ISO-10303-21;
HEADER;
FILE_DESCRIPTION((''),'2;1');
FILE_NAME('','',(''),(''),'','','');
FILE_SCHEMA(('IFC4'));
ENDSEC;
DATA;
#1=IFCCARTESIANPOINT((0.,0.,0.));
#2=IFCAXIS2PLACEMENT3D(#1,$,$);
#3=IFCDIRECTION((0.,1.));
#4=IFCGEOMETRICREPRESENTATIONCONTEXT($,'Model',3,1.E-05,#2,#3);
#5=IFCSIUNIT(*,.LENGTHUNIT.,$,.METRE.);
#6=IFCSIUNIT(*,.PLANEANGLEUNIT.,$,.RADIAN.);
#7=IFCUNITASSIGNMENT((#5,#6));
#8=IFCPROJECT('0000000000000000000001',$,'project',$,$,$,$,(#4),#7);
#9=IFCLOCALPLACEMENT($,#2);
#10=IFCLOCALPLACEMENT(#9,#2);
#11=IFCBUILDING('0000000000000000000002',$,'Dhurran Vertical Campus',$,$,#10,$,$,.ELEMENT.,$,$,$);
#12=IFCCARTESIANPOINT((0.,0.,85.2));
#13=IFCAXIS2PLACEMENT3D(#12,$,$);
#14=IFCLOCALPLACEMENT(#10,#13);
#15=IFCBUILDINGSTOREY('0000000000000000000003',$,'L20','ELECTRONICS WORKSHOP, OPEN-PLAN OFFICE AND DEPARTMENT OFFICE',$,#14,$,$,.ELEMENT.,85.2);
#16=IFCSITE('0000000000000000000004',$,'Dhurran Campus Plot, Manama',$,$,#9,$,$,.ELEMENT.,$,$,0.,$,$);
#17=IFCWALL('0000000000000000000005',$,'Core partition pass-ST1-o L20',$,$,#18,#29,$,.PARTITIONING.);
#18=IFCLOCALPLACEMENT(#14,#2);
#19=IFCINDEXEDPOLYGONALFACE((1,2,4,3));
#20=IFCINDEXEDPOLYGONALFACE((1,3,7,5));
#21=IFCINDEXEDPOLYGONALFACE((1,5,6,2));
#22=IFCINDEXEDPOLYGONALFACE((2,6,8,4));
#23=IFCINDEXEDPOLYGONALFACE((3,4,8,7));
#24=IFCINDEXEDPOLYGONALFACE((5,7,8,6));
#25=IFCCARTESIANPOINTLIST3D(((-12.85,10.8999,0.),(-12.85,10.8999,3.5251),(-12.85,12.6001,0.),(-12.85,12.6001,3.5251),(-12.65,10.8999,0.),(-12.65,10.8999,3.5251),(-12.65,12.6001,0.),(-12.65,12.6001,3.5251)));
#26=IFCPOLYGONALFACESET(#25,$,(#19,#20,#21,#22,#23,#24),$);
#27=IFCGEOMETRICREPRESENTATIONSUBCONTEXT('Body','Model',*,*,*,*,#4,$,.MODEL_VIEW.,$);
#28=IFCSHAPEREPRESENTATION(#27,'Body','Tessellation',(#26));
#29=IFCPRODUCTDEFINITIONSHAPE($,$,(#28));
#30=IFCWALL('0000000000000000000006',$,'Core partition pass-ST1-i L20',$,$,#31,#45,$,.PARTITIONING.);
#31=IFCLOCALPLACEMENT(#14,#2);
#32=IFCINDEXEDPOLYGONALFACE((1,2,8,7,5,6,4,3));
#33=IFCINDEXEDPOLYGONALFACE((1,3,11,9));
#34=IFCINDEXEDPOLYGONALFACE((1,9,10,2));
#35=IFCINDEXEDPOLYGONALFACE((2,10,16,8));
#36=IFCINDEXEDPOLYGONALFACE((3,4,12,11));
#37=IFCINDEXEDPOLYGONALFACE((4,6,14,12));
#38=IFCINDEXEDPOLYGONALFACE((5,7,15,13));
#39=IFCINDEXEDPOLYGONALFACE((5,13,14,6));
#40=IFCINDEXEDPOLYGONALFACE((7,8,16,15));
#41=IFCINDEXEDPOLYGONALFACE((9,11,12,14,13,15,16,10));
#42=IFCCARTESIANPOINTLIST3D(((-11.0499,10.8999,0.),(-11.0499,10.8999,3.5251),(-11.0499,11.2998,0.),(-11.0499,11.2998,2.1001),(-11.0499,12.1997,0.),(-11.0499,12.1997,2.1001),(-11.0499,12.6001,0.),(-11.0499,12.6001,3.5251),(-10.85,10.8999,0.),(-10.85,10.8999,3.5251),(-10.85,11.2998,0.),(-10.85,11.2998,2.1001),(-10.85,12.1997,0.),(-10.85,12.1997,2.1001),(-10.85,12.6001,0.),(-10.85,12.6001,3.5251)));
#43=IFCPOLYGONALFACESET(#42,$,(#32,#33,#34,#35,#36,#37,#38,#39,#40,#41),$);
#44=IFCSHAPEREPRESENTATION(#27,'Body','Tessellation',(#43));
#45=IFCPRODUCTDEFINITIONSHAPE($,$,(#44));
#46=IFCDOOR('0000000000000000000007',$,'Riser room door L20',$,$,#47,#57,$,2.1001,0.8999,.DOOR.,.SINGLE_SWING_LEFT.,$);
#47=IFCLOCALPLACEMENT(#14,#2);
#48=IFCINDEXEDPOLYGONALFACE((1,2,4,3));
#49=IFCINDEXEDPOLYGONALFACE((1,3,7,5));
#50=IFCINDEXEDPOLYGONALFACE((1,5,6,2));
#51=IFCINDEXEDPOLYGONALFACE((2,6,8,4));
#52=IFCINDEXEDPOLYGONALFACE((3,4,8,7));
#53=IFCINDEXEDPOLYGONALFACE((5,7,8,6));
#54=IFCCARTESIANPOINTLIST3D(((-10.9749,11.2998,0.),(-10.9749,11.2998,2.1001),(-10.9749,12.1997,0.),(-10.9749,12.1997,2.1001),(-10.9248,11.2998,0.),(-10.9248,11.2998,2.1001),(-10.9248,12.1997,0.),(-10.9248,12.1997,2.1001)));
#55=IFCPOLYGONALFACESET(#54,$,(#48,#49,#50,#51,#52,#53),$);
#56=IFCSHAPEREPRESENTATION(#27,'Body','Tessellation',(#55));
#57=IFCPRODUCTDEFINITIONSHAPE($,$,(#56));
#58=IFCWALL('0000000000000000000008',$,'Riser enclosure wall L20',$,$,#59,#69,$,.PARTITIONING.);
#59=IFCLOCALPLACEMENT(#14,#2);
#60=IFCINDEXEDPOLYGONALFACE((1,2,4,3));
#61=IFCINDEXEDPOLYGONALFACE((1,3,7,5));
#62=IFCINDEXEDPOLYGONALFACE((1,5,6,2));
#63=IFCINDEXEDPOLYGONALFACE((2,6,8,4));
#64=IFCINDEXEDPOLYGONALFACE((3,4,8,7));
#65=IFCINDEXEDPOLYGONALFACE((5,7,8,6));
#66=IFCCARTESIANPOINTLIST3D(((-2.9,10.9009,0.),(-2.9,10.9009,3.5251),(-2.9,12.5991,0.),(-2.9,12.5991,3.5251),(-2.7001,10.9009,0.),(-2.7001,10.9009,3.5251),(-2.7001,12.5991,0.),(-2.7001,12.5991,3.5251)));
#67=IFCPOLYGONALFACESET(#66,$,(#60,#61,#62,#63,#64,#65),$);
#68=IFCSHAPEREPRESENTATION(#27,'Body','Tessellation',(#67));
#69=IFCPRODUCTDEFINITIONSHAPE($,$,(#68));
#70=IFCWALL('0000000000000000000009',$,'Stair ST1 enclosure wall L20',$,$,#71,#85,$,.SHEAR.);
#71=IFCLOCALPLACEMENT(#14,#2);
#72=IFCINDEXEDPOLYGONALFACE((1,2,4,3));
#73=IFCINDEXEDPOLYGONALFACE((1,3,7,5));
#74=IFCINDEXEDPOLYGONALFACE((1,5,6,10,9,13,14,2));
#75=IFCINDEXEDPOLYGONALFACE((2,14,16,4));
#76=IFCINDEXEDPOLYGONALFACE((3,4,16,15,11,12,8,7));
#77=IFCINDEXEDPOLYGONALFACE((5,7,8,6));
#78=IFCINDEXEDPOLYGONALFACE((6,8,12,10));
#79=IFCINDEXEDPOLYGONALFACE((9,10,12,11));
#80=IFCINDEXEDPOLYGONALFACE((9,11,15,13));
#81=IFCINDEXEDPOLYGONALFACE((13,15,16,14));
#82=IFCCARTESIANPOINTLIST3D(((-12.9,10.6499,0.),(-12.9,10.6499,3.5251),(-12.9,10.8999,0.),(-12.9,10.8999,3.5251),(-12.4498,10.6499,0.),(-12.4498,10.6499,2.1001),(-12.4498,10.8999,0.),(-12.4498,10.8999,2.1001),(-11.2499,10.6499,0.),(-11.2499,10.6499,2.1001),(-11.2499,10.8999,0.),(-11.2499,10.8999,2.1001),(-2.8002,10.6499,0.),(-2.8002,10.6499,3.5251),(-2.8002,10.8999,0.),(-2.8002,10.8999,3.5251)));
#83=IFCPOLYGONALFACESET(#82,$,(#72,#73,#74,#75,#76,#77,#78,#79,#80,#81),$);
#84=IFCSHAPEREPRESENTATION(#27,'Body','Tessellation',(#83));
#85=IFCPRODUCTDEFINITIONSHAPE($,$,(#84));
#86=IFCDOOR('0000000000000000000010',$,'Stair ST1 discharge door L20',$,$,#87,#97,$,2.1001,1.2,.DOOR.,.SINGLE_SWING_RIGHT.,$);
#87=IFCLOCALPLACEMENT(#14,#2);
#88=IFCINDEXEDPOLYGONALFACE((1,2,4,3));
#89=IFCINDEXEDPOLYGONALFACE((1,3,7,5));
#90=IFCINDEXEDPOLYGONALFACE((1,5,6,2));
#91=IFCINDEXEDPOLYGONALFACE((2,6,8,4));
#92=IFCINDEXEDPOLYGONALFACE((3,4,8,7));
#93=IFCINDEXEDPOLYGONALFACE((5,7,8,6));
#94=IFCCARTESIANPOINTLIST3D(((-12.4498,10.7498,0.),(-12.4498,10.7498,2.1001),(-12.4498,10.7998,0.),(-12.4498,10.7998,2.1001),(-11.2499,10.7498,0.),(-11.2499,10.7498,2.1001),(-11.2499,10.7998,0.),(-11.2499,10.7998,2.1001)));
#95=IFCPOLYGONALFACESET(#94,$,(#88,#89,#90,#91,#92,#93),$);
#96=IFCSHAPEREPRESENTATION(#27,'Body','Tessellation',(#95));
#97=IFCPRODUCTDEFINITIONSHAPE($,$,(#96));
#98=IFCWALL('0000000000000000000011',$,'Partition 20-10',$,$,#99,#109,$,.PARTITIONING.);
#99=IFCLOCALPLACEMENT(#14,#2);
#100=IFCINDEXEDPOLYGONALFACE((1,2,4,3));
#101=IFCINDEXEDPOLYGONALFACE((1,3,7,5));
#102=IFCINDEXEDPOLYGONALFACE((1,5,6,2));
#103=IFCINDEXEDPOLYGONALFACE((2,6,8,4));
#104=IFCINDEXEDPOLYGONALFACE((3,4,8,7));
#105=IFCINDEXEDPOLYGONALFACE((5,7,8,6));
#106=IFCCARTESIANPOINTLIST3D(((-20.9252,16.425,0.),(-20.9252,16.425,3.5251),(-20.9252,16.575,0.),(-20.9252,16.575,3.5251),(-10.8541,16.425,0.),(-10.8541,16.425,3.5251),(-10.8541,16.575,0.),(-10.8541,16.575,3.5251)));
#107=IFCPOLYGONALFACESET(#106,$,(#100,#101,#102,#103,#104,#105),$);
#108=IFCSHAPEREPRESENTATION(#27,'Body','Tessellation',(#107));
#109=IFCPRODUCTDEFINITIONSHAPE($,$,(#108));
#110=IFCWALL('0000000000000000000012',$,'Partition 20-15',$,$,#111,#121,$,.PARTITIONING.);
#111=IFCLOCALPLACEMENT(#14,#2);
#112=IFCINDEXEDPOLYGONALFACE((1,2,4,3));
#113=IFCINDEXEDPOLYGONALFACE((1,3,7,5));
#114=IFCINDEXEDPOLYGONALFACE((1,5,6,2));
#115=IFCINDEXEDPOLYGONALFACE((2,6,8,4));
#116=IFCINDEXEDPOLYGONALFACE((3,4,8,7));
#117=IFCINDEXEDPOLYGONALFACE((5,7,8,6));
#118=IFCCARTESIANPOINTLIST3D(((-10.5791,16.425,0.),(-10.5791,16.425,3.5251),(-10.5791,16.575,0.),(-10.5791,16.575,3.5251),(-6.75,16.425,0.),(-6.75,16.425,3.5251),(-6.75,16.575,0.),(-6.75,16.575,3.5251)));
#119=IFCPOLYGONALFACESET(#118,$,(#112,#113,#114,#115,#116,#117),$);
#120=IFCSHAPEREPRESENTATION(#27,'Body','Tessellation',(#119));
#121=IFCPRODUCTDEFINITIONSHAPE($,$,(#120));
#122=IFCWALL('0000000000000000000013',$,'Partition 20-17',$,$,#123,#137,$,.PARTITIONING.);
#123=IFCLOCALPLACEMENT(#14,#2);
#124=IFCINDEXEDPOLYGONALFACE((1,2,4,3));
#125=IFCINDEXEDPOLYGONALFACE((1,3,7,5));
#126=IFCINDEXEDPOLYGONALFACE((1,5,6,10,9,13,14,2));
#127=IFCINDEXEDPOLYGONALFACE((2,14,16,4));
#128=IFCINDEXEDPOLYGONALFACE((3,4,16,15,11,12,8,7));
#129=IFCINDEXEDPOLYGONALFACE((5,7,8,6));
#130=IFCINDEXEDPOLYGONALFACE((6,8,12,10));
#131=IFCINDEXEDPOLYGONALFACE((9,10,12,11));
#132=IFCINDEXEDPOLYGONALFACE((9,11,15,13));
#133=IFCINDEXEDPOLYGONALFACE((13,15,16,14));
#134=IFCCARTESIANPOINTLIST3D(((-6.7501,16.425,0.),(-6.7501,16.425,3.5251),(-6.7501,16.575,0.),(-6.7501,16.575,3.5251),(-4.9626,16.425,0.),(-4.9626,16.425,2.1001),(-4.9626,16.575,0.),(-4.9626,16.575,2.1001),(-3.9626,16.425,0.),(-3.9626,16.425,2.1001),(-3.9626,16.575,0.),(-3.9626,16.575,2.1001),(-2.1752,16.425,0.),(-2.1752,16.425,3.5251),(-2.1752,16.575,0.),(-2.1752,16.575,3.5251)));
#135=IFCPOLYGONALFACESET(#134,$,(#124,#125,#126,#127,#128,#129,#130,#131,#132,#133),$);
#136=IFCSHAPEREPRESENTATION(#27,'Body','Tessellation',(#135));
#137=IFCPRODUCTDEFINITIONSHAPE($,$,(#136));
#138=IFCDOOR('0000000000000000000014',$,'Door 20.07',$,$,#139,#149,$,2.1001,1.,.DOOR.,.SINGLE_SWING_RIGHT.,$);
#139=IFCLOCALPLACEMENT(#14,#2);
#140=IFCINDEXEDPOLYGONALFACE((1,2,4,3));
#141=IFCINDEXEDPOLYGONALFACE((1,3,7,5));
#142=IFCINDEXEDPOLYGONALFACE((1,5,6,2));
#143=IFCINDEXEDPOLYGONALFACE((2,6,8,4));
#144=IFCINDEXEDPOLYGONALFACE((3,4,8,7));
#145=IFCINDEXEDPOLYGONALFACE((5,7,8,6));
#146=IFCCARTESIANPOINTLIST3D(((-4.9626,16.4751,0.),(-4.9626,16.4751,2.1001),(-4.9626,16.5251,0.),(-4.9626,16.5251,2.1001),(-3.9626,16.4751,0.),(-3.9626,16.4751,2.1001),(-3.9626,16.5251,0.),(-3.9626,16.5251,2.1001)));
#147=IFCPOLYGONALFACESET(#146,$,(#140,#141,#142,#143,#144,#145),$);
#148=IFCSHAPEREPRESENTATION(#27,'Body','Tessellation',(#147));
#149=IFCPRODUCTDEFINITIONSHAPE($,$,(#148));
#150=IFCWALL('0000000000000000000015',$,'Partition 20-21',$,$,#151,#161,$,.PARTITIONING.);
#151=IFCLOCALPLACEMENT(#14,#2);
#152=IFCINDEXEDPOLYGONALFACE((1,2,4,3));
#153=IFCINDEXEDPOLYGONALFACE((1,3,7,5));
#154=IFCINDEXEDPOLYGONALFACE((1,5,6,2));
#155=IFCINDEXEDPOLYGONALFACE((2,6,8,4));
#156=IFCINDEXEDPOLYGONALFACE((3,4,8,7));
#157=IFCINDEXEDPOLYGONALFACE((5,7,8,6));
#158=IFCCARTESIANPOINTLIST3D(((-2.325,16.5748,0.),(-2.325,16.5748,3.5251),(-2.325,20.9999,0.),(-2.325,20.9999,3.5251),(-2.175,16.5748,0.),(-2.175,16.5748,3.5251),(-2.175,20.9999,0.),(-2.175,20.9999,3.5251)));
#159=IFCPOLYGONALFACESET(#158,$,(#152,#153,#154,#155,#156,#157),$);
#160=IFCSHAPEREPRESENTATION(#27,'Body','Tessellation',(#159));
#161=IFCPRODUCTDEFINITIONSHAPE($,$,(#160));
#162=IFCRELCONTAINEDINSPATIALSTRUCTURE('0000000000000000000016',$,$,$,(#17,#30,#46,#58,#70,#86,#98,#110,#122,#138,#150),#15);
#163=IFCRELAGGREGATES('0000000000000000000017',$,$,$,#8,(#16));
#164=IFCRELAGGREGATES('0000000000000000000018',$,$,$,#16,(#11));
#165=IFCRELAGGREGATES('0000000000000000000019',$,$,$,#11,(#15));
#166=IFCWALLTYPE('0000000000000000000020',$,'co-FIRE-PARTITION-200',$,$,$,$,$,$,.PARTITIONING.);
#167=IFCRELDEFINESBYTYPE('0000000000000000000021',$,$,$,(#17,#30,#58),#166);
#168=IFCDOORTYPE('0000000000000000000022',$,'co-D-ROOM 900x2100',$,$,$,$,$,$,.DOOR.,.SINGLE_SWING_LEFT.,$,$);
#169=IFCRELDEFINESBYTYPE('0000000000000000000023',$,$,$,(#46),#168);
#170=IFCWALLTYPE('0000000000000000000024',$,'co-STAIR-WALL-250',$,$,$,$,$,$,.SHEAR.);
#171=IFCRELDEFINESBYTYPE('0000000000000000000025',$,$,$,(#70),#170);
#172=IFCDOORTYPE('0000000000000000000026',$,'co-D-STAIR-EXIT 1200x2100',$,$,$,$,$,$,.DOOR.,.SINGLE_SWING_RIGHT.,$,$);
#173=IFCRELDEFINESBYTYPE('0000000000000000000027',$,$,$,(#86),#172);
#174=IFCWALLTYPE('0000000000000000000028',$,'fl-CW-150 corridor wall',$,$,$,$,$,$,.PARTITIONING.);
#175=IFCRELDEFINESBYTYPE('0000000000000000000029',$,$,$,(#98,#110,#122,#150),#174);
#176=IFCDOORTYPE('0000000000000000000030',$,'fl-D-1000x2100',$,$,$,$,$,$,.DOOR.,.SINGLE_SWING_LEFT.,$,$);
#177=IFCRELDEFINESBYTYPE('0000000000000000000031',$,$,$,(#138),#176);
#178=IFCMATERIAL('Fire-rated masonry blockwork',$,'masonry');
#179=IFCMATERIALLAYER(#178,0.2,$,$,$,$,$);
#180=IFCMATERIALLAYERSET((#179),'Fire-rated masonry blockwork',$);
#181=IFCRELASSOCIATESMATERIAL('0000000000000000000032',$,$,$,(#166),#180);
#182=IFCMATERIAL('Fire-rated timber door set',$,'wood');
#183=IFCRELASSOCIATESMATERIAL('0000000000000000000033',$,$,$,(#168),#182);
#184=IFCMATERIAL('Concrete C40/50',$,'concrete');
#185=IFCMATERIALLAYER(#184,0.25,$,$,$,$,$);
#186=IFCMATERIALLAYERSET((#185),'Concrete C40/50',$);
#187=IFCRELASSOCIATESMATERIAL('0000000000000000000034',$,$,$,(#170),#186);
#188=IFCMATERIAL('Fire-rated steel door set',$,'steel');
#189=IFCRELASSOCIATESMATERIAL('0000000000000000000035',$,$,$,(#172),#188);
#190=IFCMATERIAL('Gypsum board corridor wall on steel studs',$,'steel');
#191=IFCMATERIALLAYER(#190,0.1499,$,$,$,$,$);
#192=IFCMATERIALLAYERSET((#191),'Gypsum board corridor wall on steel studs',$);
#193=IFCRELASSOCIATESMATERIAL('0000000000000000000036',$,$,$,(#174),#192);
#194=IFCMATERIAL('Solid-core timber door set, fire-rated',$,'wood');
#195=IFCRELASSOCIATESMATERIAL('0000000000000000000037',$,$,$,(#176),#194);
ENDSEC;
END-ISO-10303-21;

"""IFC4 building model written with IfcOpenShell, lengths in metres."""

from ifc_helpers import new_model, si_unit, direction, frame, frame_2d, origin, place, context, subcontext, project, spatial, rectangle, extrude, material, layer, layer_set, type_object, element, fill, save


model = new_model("IFC4")

# Units and contexts
model_context = context("Model", 3, precision=1e-05, world=origin(), true_north=direction((0.0, 1.0)))
body_context = subcontext(model_context, "Body", "Model", "MODEL_VIEW")
ifc_project = project(units=[si_unit("LENGTHUNIT", "METRE"), si_unit("PLANEANGLEUNIT", "RADIAN")], contexts=[model_context])

# Site, building, storey
site_placement = place(None, origin())
site = spatial("IfcSite", under=ifc_project, at=site_placement, Name="Dhurran Campus Plot, Manama", CompositionType="ELEMENT", RefElevation=0.0)
building_placement = place(site_placement, origin())
building = spatial("IfcBuilding", under=site, at=building_placement, Name="Dhurran Vertical Campus", CompositionType="ELEMENT")
storey_placement = place(building_placement, frame((0.0, 0.0, 85.2)))
storey = spatial("IfcBuildingStorey", under=building, at=storey_placement, Name="L20", Description="ELECTRONICS WORKSHOP, OPEN-PLAN OFFICE AND DEPARTMENT OFFICE", CompositionType="ELEMENT", Elevation=85.2)

# Wall
ifc_material_1 = material(Name="Fire-rated masonry blockwork", Category="masonry")
ifc_layer_1 = layer(ifc_material_1, 0.2)
ifc_layer_set_1 = layer_set([ifc_layer_1], Name="Fire-rated masonry blockwork")
wall_type_1 = type_object("IfcWallType", Name="co-FIRE-PARTITION-200", PredefinedType="PARTITIONING", material=ifc_layer_set_1)
wall_1_placement = place(storey_placement, frame((-12.75, 10.8999, 0.0), z_axis=(0.0, 0.0, 1.0), x_axis=(0.0, 1.0, 0.0)))
element("IfcWall", 1, at=wall_1_placement, inside=storey, type_object=wall_type_1, Name="Core partition pass-ST1-o L20", PredefinedType="PARTITIONING", context=body_context, shape_type="SweptSolid", body=[
    extrude(rectangle(XDim=1.7002, YDim=0.2, at=frame_2d((0.8501, 0.0))), origin(), (0.0, 0.0, 1.0), 3.5251),
])

# Wall, opening, door
wall_2_placement = place(storey_placement, frame((-10.95, 10.8999, 0.0), z_axis=(0.0, 0.0, 1.0), x_axis=(0.0, 1.0, 0.0)))
wall_2 = element("IfcWall", 2, at=wall_2_placement, inside=storey, type_object=wall_type_1, Name="Core partition pass-ST1-i L20", PredefinedType="PARTITIONING", context=body_context, shape_type="SweptSolid", body=[
    extrude(rectangle(XDim=1.7002, YDim=0.2, at=frame_2d((0.8501, 0.0))), origin(), (0.0, 0.0, 1.0), 3.5251),
])
opening_1_placement = place(wall_2_placement, frame((0.3999, 0.0, 0.0)))
opening_1 = element("IfcOpeningElement", 3, at=opening_1_placement, cuts=wall_2, PredefinedType="OPENING", context=body_context, shape_type="SweptSolid", body=[
    extrude(rectangle(XDim=0.8999, YDim=2.1001, at=frame_2d((0.45, 1.05))), frame((0.0, 0.1099, 0.0), z_axis=(0.0, -1.0, 0.0), x_axis=(1.0, 0.0, 0.0)), (0.0, 0.0, 1.0), 0.22),
])
ifc_material_2 = material(Name="Fire-rated timber door set", Category="wood")
door_type_1 = type_object("IfcDoorType", Name="co-D-ROOM 900x2100", OperationType="SINGLE_SWING_LEFT", PredefinedType="DOOR", material=ifc_material_2)
door_1_placement = place(opening_1_placement, origin())
door_1 = element("IfcDoor", 4, at=door_1_placement, inside=storey, type_object=door_type_1, Name="Riser room door L20", OperationType="SINGLE_SWING_LEFT", OverallHeight=2.1001, OverallWidth=0.8999, PredefinedType="DOOR", context=body_context, shape_type="SweptSolid", body=[
    extrude(rectangle(XDim=0.8999, YDim=2.1001, at=frame_2d((0.45, 1.05))), frame((0.0, 0.0249, 0.0), z_axis=(0.0, -1.0, 0.0), x_axis=(1.0, 0.0, 0.0)), (0.0, 0.0, 1.0), 0.05),
])
fill(opening_1, door_1)

# Wall
wall_3_placement = place(storey_placement, frame((-2.8, 10.9009, 0.0), z_axis=(0.0, 0.0, 1.0), x_axis=(0.0, 1.0, 0.0)))
element("IfcWall", 5, at=wall_3_placement, inside=storey, type_object=wall_type_1, Name="Riser enclosure wall L20", PredefinedType="PARTITIONING", context=body_context, shape_type="SweptSolid", body=[
    extrude(rectangle(XDim=1.6982, YDim=0.2, at=frame_2d((0.8491, 0.0))), origin(), (0.0, 0.0, 1.0), 3.5251),
])

# Wall, opening, door
ifc_material_3 = material(Name="Concrete C40/50", Category="concrete")
ifc_layer_2 = layer(ifc_material_3, 0.25)
ifc_layer_set_2 = layer_set([ifc_layer_2], Name="Concrete C40/50")
wall_type_2 = type_object("IfcWallType", Name="co-STAIR-WALL-250", PredefinedType="SHEAR", material=ifc_layer_set_2)
wall_4_placement = place(storey_placement, frame((-12.8999, 10.7749, 0.0), z_axis=(0.0, 0.0, 1.0), x_axis=(1.0, 0.0, 0.0)))
wall_4 = element("IfcWall", 6, at=wall_4_placement, inside=storey, type_object=wall_type_2, Name="Stair ST1 enclosure wall L20", PredefinedType="SHEAR", context=body_context, shape_type="SweptSolid", body=[
    extrude(rectangle(XDim=10.0999, YDim=0.25, at=frame_2d((5.0498, 0.0))), origin(), (0.0, 0.0, 1.0), 3.5251),
])
opening_2_placement = place(wall_4_placement, frame((0.45, 0.0, 0.0)))
opening_2 = element("IfcOpeningElement", 7, at=opening_2_placement, cuts=wall_4, PredefinedType="OPENING", context=body_context, shape_type="SweptSolid", body=[
    extrude(rectangle(XDim=1.2, YDim=2.1001, at=frame_2d((0.6001, 1.05))), frame((0.0, 0.135, 0.0), z_axis=(0.0, -1.0, 0.0), x_axis=(1.0, 0.0, 0.0)), (0.0, 0.0, 1.0), 0.27),
])
ifc_material_4 = material(Name="Fire-rated steel door set", Category="steel")
door_type_2 = type_object("IfcDoorType", Name="co-D-STAIR-EXIT 1200x2100", OperationType="SINGLE_SWING_RIGHT", PredefinedType="DOOR", material=ifc_material_4)
door_2_placement = place(opening_2_placement, origin())
door_2 = element("IfcDoor", 8, at=door_2_placement, inside=storey, type_object=door_type_2, Name="Stair ST1 discharge door L20", OperationType="SINGLE_SWING_RIGHT", OverallHeight=2.1001, OverallWidth=1.2, PredefinedType="DOOR", context=body_context, shape_type="SweptSolid", body=[
    extrude(rectangle(XDim=1.2, YDim=2.1001, at=frame_2d((0.6001, 1.05))), frame((0.0, 0.0249, 0.0), z_axis=(0.0, -1.0, 0.0), x_axis=(1.0, 0.0, 0.0)), (0.0, 0.0, 1.0), 0.05),
])
fill(opening_2, door_2)

# Walls
ifc_material_5 = material(Name="Gypsum board corridor wall on steel studs", Category="steel")
ifc_layer_3 = layer(ifc_material_5, 0.1499)
ifc_layer_set_3 = layer_set([ifc_layer_3], Name="Gypsum board corridor wall on steel studs")
wall_type_3 = type_object("IfcWallType", Name="fl-CW-150 corridor wall", PredefinedType="PARTITIONING", material=ifc_layer_set_3)
wall_5_placement = place(storey_placement, frame((-10.854, 16.5, 0.0), z_axis=(0.0, 0.0, 1.0), x_axis=(-1.0, 0.0, 0.0)))
element("IfcWall", 9, at=wall_5_placement, inside=storey, type_object=wall_type_3, Name="Partition 20-10", PredefinedType="PARTITIONING", context=body_context, shape_type="SweptSolid", body=[
    extrude(rectangle(XDim=10.071, YDim=0.1499, at=frame_2d((5.0356, 0.0))), origin(), (0.0, 0.0, 1.0), 3.5251),
])
wall_6_placement = place(storey_placement, frame((-6.75, 16.5, 0.0), z_axis=(0.0, 0.0, 1.0), x_axis=(-1.0, 0.0, 0.0)))
element("IfcWall", 10, at=wall_6_placement, inside=storey, type_object=wall_type_3, Name="Partition 20-15", PredefinedType="PARTITIONING", context=body_context, shape_type="SweptSolid", body=[
    extrude(rectangle(XDim=3.8291, YDim=0.1499, at=frame_2d((1.9146, 0.0))), origin(), (0.0, 0.0, 1.0), 3.5251),
])

# Wall, opening, door
wall_7_placement = place(storey_placement, frame((-2.175, 16.5, 0.0), z_axis=(0.0, 0.0, 1.0), x_axis=(-1.0, 0.0, 0.0)))
wall_7 = element("IfcWall", 11, at=wall_7_placement, inside=storey, type_object=wall_type_3, Name="Partition 20-17", PredefinedType="PARTITIONING", context=body_context, shape_type="SweptSolid", body=[
    extrude(rectangle(XDim=4.575, YDim=0.1499, at=frame_2d((2.2876, 0.0))), origin(), (0.0, 0.0, 1.0), 3.5251),
])
opening_3_placement = place(wall_7_placement, frame((1.7876, 0.0, 0.0)))
opening_3 = element("IfcOpeningElement", 12, at=opening_3_placement, cuts=wall_7, PredefinedType="OPENING", context=body_context, shape_type="SweptSolid", body=[
    extrude(rectangle(XDim=1.0, YDim=2.1001, at=frame_2d((0.5, 1.05))), frame((0.0, 0.085, 0.0), z_axis=(0.0, -1.0, 0.0), x_axis=(1.0, 0.0, 0.0)), (0.0, 0.0, 1.0), 0.1699),
])
ifc_material_6 = material(Name="Solid-core timber door set, fire-rated", Category="wood")
door_type_3 = type_object("IfcDoorType", Name="fl-D-1000x2100", OperationType="SINGLE_SWING_LEFT", PredefinedType="DOOR", material=ifc_material_6)
door_3_placement = place(opening_3_placement, origin())
door_3 = element("IfcDoor", 13, at=door_3_placement, inside=storey, type_object=door_type_3, Name="Door 20.07", OperationType="SINGLE_SWING_RIGHT", OverallHeight=2.1001, OverallWidth=1.0, PredefinedType="DOOR", context=body_context, shape_type="SweptSolid", body=[
    extrude(rectangle(XDim=1.0, YDim=2.1001, at=frame_2d((0.5, 1.05))), frame((0.0, 0.0249, 0.0), z_axis=(0.0, -1.0, 0.0), x_axis=(1.0, 0.0, 0.0)), (0.0, 0.0, 1.0), 0.05),
])
fill(opening_3, door_3)

# Wall
wall_8_placement = place(storey_placement, frame((-2.25, 16.575, 0.0), z_axis=(0.0, 0.0, 1.0), x_axis=(0.0, 1.0, 0.0)))
element("IfcWall", 14, at=wall_8_placement, inside=storey, type_object=wall_type_3, Name="Partition 20-21", PredefinedType="PARTITIONING", context=body_context, shape_type="SweptSolid", body=[
    extrude(rectangle(XDim=4.425, YDim=0.1499, at=frame_2d((2.2124, 0.0))), origin(), (0.0, 0.0, 1.0), 3.5251),
])

save(model, "model.ifc")
